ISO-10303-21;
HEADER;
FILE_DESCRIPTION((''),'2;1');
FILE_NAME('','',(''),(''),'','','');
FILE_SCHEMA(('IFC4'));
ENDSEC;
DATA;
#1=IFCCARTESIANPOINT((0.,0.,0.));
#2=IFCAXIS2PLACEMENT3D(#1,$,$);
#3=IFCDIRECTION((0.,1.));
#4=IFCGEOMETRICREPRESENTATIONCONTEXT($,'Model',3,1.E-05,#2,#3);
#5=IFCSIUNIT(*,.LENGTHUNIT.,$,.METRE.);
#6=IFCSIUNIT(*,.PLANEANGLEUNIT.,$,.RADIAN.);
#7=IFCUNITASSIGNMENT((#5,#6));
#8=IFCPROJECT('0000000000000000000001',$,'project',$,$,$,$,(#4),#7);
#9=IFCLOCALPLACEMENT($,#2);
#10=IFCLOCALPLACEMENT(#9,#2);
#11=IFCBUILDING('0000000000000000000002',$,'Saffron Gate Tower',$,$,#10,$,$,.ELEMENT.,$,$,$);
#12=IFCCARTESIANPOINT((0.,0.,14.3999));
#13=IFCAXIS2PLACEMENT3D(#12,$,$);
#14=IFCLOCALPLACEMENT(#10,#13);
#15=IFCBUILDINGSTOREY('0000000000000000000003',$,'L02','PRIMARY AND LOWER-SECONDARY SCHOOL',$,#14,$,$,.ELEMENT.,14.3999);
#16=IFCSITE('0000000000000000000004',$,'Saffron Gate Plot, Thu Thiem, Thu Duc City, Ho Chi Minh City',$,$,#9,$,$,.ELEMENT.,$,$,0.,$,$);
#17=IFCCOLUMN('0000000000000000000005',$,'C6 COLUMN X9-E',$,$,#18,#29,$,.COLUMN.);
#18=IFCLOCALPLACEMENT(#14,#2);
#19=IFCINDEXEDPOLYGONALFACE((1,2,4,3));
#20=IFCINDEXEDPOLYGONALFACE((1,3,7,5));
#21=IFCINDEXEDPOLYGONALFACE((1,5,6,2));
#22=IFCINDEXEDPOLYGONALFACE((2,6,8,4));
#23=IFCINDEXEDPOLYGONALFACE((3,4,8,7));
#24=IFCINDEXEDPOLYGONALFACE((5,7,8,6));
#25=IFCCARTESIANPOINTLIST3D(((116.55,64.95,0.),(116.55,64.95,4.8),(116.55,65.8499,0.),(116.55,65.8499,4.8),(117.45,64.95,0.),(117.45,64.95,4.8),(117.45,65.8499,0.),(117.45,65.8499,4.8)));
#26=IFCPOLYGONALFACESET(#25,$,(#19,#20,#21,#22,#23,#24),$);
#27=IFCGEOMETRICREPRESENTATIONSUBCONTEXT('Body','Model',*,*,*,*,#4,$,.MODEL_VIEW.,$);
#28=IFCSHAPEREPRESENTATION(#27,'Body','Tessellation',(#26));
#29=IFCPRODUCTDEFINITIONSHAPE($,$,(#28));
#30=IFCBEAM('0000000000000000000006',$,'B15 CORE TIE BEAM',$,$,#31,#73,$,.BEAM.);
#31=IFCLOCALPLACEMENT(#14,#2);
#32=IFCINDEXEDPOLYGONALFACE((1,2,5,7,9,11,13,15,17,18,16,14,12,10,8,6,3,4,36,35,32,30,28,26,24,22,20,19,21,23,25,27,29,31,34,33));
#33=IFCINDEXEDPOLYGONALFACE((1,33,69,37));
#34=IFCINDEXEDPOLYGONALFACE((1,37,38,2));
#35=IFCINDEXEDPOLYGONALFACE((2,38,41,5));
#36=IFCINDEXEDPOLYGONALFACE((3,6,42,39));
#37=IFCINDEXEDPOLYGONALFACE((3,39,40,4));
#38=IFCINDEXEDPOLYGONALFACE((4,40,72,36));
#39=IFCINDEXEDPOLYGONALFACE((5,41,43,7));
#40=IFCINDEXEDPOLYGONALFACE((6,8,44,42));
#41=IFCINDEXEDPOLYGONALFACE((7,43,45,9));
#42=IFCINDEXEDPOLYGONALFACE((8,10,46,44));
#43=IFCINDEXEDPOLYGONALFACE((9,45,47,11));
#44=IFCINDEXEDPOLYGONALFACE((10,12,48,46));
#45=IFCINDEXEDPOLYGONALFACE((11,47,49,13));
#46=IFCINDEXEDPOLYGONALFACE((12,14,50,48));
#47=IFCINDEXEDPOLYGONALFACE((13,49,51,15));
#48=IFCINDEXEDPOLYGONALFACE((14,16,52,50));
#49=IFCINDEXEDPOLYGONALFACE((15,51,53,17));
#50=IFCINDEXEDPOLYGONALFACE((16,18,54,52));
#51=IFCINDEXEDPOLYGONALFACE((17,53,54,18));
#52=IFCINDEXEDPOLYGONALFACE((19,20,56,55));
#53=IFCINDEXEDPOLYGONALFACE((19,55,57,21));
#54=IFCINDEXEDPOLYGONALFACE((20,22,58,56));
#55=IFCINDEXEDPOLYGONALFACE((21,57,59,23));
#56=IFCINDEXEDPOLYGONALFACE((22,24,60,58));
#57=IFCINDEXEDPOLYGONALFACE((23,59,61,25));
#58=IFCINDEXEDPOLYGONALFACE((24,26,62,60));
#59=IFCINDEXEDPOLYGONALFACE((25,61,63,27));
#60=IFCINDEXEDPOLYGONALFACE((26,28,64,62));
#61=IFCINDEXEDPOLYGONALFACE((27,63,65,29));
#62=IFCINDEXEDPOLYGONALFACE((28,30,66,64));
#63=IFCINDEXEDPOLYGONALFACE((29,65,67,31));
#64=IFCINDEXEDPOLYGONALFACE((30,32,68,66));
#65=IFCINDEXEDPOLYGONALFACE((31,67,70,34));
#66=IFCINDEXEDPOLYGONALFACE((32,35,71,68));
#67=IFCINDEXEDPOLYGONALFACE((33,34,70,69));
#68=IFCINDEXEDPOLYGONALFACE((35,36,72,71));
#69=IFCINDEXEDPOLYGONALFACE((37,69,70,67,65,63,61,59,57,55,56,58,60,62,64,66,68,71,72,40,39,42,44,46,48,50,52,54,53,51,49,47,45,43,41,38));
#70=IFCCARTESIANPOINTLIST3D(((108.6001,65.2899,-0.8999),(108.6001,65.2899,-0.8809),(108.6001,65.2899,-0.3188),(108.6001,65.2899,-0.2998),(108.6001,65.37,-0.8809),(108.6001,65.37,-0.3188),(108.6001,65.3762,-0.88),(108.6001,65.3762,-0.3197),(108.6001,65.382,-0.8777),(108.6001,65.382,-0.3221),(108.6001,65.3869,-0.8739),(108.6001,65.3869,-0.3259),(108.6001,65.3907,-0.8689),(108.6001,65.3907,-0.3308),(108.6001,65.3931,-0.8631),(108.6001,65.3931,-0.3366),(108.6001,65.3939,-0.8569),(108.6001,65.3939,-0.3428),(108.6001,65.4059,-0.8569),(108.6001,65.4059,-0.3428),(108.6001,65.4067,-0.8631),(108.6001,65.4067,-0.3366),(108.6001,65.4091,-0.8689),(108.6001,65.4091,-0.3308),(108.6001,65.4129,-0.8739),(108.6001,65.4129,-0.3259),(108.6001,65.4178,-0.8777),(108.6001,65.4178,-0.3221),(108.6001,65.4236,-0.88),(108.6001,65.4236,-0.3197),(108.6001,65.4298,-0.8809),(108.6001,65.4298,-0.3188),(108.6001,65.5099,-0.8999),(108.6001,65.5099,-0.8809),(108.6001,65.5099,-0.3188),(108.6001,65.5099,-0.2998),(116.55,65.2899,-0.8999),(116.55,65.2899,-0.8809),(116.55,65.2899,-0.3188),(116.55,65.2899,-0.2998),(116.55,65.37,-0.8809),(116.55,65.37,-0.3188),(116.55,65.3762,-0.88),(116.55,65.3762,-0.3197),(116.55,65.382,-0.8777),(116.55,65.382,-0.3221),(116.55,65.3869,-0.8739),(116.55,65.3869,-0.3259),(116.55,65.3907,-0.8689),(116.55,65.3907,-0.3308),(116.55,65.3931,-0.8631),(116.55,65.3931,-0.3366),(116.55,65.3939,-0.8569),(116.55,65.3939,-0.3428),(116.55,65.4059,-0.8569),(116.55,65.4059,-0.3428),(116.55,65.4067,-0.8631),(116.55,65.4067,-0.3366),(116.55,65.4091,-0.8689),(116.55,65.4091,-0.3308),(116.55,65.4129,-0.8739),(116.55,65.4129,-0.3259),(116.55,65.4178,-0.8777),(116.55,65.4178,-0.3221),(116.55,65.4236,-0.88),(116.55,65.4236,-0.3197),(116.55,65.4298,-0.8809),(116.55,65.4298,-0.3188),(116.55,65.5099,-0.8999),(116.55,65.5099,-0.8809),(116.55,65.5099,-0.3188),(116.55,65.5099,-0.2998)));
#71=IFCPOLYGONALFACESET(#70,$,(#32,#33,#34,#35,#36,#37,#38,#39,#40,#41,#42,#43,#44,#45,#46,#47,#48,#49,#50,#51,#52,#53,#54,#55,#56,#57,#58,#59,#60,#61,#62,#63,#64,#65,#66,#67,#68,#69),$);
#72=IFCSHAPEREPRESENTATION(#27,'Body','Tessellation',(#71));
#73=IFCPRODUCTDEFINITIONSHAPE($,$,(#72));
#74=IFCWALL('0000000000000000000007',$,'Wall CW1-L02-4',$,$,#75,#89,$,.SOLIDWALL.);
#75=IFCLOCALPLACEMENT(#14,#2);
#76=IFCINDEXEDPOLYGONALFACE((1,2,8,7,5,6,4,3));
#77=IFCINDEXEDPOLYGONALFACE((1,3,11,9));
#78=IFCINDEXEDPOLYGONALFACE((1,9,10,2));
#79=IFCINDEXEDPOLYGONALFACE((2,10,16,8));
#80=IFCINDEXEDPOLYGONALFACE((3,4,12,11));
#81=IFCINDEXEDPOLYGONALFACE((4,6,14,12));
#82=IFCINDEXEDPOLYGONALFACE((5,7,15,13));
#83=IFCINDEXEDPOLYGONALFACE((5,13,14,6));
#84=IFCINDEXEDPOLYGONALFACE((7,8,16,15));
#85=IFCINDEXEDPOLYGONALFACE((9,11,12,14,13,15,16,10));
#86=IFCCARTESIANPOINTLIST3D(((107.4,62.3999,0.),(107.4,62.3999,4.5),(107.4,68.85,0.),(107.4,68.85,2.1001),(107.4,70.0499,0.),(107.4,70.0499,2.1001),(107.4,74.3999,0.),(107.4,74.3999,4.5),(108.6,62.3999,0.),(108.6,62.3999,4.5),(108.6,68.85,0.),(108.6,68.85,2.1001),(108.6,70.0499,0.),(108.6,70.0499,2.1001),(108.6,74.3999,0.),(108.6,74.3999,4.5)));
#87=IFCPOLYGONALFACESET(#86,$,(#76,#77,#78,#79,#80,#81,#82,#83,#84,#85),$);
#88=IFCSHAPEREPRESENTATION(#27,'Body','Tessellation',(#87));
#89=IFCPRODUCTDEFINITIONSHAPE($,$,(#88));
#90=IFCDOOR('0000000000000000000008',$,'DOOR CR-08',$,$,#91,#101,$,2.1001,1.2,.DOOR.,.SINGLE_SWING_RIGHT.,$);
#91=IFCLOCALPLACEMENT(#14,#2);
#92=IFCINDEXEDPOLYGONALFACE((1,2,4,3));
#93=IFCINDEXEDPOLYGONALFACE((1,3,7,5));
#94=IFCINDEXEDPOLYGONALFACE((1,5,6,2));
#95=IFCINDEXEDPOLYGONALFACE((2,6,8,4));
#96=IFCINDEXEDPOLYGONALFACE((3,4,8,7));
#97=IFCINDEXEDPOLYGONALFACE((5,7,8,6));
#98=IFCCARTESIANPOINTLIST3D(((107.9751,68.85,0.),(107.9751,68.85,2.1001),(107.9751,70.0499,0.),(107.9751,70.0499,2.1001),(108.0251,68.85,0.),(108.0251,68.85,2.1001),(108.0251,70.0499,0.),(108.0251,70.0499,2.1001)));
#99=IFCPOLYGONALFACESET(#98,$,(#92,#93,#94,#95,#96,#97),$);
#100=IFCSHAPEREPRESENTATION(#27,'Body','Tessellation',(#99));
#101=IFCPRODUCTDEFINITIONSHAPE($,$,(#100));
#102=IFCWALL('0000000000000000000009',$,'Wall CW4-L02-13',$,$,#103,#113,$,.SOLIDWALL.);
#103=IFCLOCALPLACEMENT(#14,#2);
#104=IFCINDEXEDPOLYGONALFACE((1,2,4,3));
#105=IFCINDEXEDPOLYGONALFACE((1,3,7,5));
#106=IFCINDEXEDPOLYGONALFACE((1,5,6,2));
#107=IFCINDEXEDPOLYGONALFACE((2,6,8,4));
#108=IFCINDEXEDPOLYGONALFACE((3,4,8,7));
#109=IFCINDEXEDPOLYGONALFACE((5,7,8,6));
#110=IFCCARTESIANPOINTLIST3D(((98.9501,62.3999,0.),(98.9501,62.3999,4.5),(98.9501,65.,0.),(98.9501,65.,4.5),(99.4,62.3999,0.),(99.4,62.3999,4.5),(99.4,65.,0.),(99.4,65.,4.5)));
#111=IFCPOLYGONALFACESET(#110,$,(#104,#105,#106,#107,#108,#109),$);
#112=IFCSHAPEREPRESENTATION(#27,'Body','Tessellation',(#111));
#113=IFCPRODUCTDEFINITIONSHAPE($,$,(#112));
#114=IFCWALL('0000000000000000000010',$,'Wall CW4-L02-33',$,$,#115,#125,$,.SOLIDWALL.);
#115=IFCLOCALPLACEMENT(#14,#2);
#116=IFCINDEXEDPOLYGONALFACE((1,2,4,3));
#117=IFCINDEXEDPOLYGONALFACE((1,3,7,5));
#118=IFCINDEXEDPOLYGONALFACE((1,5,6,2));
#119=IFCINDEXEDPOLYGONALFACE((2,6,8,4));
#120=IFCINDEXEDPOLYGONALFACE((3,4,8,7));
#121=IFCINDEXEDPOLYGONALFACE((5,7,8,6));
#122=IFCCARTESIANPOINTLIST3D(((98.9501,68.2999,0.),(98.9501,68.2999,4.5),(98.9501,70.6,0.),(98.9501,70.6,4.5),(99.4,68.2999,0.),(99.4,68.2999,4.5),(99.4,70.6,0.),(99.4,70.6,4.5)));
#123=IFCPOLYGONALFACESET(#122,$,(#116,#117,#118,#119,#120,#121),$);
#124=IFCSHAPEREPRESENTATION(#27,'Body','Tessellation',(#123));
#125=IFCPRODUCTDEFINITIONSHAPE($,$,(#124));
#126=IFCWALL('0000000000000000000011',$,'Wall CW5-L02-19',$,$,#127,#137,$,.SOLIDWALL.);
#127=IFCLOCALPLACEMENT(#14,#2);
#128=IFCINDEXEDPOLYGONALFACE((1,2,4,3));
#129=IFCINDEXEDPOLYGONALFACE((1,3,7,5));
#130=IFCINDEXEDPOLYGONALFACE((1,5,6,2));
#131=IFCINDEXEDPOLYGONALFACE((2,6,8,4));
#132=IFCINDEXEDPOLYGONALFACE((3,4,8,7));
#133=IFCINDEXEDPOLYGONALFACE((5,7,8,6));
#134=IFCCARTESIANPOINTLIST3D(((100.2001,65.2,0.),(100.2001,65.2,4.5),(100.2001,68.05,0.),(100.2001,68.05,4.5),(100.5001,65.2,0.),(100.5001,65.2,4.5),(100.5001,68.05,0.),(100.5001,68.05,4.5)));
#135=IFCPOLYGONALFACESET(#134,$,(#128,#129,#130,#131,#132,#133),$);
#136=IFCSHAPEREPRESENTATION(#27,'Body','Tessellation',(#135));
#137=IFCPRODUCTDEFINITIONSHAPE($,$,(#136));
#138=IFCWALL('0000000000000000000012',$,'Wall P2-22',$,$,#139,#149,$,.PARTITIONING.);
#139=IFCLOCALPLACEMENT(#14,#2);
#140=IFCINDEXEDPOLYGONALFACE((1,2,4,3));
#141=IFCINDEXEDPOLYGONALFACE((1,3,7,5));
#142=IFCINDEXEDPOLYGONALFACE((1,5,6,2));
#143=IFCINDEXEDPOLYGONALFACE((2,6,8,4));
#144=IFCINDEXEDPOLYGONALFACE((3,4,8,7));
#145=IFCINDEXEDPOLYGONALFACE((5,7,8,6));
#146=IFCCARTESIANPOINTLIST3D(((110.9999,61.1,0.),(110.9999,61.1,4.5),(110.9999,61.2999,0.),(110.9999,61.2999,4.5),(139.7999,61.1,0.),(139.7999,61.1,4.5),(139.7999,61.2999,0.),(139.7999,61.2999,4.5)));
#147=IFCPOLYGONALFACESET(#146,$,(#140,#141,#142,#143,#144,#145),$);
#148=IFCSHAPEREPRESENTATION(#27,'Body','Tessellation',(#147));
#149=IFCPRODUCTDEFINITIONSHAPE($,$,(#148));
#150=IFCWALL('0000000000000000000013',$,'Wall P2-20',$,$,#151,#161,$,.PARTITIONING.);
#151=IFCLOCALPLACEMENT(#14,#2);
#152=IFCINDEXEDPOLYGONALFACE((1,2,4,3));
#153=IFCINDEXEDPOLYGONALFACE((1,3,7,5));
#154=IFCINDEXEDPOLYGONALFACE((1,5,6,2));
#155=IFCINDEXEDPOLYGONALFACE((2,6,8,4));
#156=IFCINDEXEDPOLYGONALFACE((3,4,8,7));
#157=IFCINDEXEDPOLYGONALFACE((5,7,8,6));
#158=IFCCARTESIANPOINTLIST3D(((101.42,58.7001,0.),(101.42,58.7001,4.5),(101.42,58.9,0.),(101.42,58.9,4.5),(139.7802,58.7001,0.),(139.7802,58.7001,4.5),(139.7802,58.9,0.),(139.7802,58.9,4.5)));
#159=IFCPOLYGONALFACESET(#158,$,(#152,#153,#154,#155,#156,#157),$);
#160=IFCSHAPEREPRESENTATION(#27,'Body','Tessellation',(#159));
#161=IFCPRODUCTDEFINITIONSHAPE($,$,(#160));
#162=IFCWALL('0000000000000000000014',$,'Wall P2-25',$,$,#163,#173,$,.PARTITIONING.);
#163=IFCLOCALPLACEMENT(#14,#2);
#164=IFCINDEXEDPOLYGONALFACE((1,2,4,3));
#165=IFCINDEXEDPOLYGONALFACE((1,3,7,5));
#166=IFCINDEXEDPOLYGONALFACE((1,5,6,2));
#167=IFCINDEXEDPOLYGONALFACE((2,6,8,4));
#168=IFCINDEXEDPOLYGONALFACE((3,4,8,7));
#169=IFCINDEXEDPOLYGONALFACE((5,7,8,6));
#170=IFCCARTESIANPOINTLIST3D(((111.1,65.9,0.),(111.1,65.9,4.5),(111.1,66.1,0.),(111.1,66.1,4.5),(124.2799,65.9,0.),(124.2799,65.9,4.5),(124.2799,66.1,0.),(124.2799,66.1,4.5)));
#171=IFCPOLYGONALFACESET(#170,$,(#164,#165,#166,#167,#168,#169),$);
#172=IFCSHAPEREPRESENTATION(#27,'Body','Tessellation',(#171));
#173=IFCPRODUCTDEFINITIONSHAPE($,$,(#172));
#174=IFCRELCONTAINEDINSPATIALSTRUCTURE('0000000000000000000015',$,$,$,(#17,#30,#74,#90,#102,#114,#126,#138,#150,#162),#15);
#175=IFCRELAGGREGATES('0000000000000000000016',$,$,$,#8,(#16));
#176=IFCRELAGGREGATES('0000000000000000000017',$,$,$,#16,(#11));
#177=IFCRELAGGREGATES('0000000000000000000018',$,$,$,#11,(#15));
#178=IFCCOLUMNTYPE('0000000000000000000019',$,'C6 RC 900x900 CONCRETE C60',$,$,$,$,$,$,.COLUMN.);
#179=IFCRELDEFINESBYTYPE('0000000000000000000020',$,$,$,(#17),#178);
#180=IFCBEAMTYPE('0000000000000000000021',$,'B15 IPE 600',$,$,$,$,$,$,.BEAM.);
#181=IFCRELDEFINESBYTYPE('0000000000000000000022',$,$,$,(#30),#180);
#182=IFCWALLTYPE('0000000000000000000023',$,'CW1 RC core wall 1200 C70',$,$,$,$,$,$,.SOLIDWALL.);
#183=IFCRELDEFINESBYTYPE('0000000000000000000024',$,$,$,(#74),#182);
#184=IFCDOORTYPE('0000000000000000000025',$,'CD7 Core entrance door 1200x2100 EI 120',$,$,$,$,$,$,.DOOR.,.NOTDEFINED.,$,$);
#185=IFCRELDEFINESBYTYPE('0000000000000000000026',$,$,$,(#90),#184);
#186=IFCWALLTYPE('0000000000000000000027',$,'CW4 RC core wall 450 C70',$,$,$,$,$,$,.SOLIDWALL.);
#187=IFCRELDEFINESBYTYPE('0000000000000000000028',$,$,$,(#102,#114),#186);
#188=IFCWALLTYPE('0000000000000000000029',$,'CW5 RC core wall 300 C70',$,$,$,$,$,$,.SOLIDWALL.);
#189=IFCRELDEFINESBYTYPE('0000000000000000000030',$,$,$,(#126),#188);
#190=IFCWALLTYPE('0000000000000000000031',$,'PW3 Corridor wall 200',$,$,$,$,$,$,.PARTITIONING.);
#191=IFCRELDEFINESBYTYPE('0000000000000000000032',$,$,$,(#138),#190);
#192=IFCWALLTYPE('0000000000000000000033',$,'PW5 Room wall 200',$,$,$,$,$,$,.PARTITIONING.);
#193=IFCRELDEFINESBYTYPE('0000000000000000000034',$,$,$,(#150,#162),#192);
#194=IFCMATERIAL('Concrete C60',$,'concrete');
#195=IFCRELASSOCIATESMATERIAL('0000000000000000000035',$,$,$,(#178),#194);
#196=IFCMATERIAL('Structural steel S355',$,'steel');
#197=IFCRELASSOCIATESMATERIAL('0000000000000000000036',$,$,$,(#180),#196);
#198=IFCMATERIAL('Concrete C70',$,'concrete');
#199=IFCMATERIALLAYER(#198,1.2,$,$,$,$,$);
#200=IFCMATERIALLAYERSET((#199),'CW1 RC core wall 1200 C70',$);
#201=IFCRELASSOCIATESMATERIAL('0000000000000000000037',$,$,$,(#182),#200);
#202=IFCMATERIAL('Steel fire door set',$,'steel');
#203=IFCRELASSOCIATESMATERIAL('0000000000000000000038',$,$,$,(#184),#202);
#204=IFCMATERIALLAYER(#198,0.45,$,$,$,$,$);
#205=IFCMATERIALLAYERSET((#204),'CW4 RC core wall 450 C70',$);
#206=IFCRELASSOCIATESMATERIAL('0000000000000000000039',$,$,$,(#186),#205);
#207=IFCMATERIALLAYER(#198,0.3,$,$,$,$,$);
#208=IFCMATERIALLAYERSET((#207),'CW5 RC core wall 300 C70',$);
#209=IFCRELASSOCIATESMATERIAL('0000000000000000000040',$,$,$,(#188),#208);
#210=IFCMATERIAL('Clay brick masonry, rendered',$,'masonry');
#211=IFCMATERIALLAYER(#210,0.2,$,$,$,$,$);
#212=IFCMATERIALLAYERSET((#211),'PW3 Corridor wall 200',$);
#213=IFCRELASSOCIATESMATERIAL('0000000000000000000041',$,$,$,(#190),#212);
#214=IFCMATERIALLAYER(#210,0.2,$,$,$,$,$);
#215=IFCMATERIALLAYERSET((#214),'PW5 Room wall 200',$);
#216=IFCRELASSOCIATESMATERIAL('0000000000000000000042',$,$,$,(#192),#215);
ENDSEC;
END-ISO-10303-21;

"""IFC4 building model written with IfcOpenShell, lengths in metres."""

from ifc_helpers import new_model, si_unit, direction, frame, frame_2d, origin, origin_2d, place, context, subcontext, project, spatial, rectangle, i_section, extrude, material, layer, layer_set, material_profile, profile_set, type_object, element, fill, save


model = new_model("IFC4")

# Units and contexts
model_context = context("Model", 3, precision=1e-05, world=origin(), true_north=direction((0.0, 1.0)))
body_context = subcontext(model_context, "Body", "Model", "MODEL_VIEW")
ifc_project = project(units=[si_unit("LENGTHUNIT", "METRE"), si_unit("PLANEANGLEUNIT", "RADIAN")], contexts=[model_context])

# Site, building, storey
site_placement = place(None, origin())
site = spatial("IfcSite", under=ifc_project, at=site_placement, Name="Saffron Gate Plot, Thu Thiem, Thu Duc City, Ho Chi Minh City", CompositionType="ELEMENT", RefElevation=0.0)
building_placement = place(site_placement, origin())
building = spatial("IfcBuilding", under=site, at=building_placement, Name="Saffron Gate Tower", CompositionType="ELEMENT")
storey_placement = place(building_placement, frame((0.0, 0.0, 14.3999)))
storey = spatial("IfcBuildingStorey", under=building, at=storey_placement, Name="L02", Description="PRIMARY AND LOWER-SECONDARY SCHOOL", CompositionType="ELEMENT", Elevation=14.3999)

# Column
ifc_material_1 = material(Name="Concrete C60", Category="concrete")
ifc_material_profile_1 = material_profile(ifc_material_1, rectangle(XDim=0.8999, YDim=0.8999, at=origin_2d()))
ifc_profile_set_1 = profile_set([ifc_material_profile_1], Name="Concrete C60")
column_type = type_object("IfcColumnType", Name="C6 RC 900x900 CONCRETE C60", PredefinedType="COLUMN", material=ifc_profile_set_1)
column_placement = place(storey_placement, frame((117.0, 65.3999, 0.0), z_axis=(0.0, 0.0, 1.0), x_axis=(1.0, 0.0, 0.0)))
element("IfcColumn", 1, at=column_placement, inside=storey, type_object=column_type, Name="C6 COLUMN X9-E", PredefinedType="COLUMN", context=body_context, shape_type="SweptSolid", body=[
    extrude(rectangle(XDim=0.8999, YDim=0.8999, at=origin_2d()), origin(), (0.0, 0.0, 1.0), 4.8),
])

# Beam
ifc_material_2 = material(Name="Structural steel S355", Category="steel")
ifc_material_profile_2 = material_profile(ifc_material_2, i_section(OverallWidth=0.22, OverallDepth=0.6001, WebThickness=0.012, FlangeThickness=0.019, FilletRadius=0.0239, at=origin_2d()))
ifc_profile_set_2 = profile_set([ifc_material_profile_2], Name="Structural steel S355")
beam_type = type_object("IfcBeamType", Name="B15 IPE 600", PredefinedType="BEAM", material=ifc_profile_set_2)
beam_placement = place(storey_placement, frame((116.55, 65.3999, -0.5999), z_axis=(-1.0, 0.0, 0.0), x_axis=(0.0, -1.0, 0.0)))
element("IfcBeam", 2, at=beam_placement, inside=storey, type_object=beam_type, Name="B15 CORE TIE BEAM", PredefinedType="BEAM", context=body_context, shape_type="SweptSolid", body=[
    extrude(i_section(OverallWidth=0.22, OverallDepth=0.6001, WebThickness=0.012, FlangeThickness=0.019, FilletRadius=0.0239, at=origin_2d()), origin(), (0.0, 0.0, 1.0), 7.95),
])

# Wall, opening, door
ifc_material_3 = material(Name="Concrete C70", Category="concrete")
ifc_layer_1 = layer(ifc_material_3, 1.2)
ifc_layer_set_1 = layer_set([ifc_layer_1], Name="CW1 RC core wall 1200 C70")
wall_type_1 = type_object("IfcWallType", Name="CW1 RC core wall 1200 C70", PredefinedType="SOLIDWALL", material=ifc_layer_set_1)
wall_1_placement = place(storey_placement, frame((108.0, 62.3999, 0.0), z_axis=(0.0, 0.0, 1.0), x_axis=(0.0, 1.0, 0.0)))
wall_1 = element("IfcWall", 3, at=wall_1_placement, inside=storey, type_object=wall_type_1, Name="Wall CW1-L02-4", PredefinedType="SOLIDWALL", context=body_context, shape_type="SweptSolid", body=[
    extrude(rectangle(XDim=12.0, YDim=1.2, at=frame_2d((6.0, 0.0))), origin(), (0.0, 0.0, 1.0), 4.5),
])
opening_placement = place(wall_1_placement, frame((6.45, 0.0, 0.0)))
opening = element("IfcOpeningElement", 4, at=opening_placement, cuts=wall_1, PredefinedType="OPENING", context=body_context, shape_type="SweptSolid", body=[
    extrude(rectangle(XDim=1.2, YDim=2.1001, at=frame_2d((0.6001, 1.05))), frame((0.0, 0.6099, 0.0), z_axis=(0.0, -1.0, 0.0), x_axis=(1.0, 0.0, 0.0)), (0.0, 0.0, 1.0), 1.22),
])
ifc_material_4 = material(Name="Steel fire door set", Category="steel")
door_type = type_object("IfcDoorType", Name="CD7 Core entrance door 1200x2100 EI 120", OperationType="NOTDEFINED", PredefinedType="DOOR", material=ifc_material_4)
door_placement = place(opening_placement, origin())
door = element("IfcDoor", 5, at=door_placement, inside=storey, type_object=door_type, Name="DOOR CR-08", OperationType="SINGLE_SWING_RIGHT", OverallHeight=2.1001, OverallWidth=1.2, PredefinedType="DOOR", context=body_context, shape_type="SweptSolid", body=[
    extrude(rectangle(XDim=1.2, YDim=2.1001, at=frame_2d((0.6001, 1.05))), frame((0.0, 0.0249, 0.0), z_axis=(0.0, -1.0, 0.0), x_axis=(1.0, 0.0, 0.0)), (0.0, 0.0, 1.0), 0.05),
])
fill(opening, door)

# Walls
ifc_layer_2 = layer(ifc_material_3, 0.45)
ifc_layer_set_2 = layer_set([ifc_layer_2], Name="CW4 RC core wall 450 C70")
wall_type_2 = type_object("IfcWallType", Name="CW4 RC core wall 450 C70", PredefinedType="SOLIDWALL", material=ifc_layer_set_2)
wall_2_placement = place(storey_placement, frame((99.175, 62.3999, 0.0), z_axis=(0.0, 0.0, 1.0), x_axis=(0.0, 1.0, 0.0)))
element("IfcWall", 6, at=wall_2_placement, inside=storey, type_object=wall_type_2, Name="Wall CW4-L02-13", PredefinedType="SOLIDWALL", context=body_context, shape_type="SweptSolid", body=[
    extrude(rectangle(XDim=2.6001, YDim=0.45, at=frame_2d((1.3, 0.0))), origin(), (0.0, 0.0, 1.0), 4.5),
])
wall_3_placement = place(storey_placement, frame((99.175, 68.3, 0.0), z_axis=(0.0, 0.0, 1.0), x_axis=(0.0, 1.0, 0.0)))
element("IfcWall", 7, at=wall_3_placement, inside=storey, type_object=wall_type_2, Name="Wall CW4-L02-33", PredefinedType="SOLIDWALL", context=body_context, shape_type="SweptSolid", body=[
    extrude(rectangle(XDim=2.3, YDim=0.45, at=frame_2d((1.1499, 0.0))), origin(), (0.0, 0.0, 1.0), 4.5),
])
ifc_layer_3 = layer(ifc_material_3, 0.3)
ifc_layer_set_3 = layer_set([ifc_layer_3], Name="CW5 RC core wall 300 C70")
wall_type_3 = type_object("IfcWallType", Name="CW5 RC core wall 300 C70", PredefinedType="SOLIDWALL", material=ifc_layer_set_3)
wall_4_placement = place(storey_placement, frame((100.3501, 65.2, 0.0), z_axis=(0.0, 0.0, 1.0), x_axis=(0.0, 1.0, 0.0)))
element("IfcWall", 8, at=wall_4_placement, inside=storey, type_object=wall_type_3, Name="Wall CW5-L02-19", PredefinedType="SOLIDWALL", context=body_context, shape_type="SweptSolid", body=[
    extrude(rectangle(XDim=2.8501, YDim=0.3, at=frame_2d((1.425, 0.0))), origin(), (0.0, 0.0, 1.0), 4.5),
])
ifc_material_5 = material(Name="Clay brick masonry, rendered", Category="masonry")
ifc_layer_4 = layer(ifc_material_5, 0.2)
ifc_layer_set_4 = layer_set([ifc_layer_4], Name="PW3 Corridor wall 200")
wall_type_4 = type_object("IfcWallType", Name="PW3 Corridor wall 200", PredefinedType="PARTITIONING", material=ifc_layer_set_4)
wall_5_placement = place(storey_placement, frame((111.0, 61.2, 0.0), z_axis=(0.0, 0.0, 1.0), x_axis=(1.0, 0.0, 0.0)))
element("IfcWall", 9, at=wall_5_placement, inside=storey, type_object=wall_type_4, Name="Wall P2-22", PredefinedType="PARTITIONING", context=body_context, shape_type="SweptSolid", body=[
    extrude(rectangle(XDim=28.8, YDim=0.2, at=frame_2d((14.3999, 0.0))), origin(), (0.0, 0.0, 1.0), 4.5),
])
ifc_layer_5 = layer(ifc_material_5, 0.2)
ifc_layer_set_5 = layer_set([ifc_layer_5], Name="PW5 Room wall 200")
wall_type_5 = type_object("IfcWallType", Name="PW5 Room wall 200", PredefinedType="PARTITIONING", material=ifc_layer_set_5)
wall_6_placement = place(storey_placement, frame((101.4199, 58.8, 0.0), z_axis=(0.0, 0.0, 1.0), x_axis=(1.0, 0.0, 0.0)))
element("IfcWall", 10, at=wall_6_placement, inside=storey, type_object=wall_type_5, Name="Wall P2-20", PredefinedType="PARTITIONING", context=body_context, shape_type="SweptSolid", body=[
    extrude(rectangle(XDim=38.3601, YDim=0.2, at=frame_2d((19.1802, 0.0))), origin(), (0.0, 0.0, 1.0), 4.5),
])
wall_7_placement = place(storey_placement, frame((111.1001, 66.0, 0.0), z_axis=(0.0, 0.0, 1.0), x_axis=(1.0, 0.0, 0.0)))
element("IfcWall", 11, at=wall_7_placement, inside=storey, type_object=wall_type_5, Name="Wall P2-25", PredefinedType="PARTITIONING", context=body_context, shape_type="SweptSolid", body=[
    extrude(rectangle(XDim=13.1799, YDim=0.2, at=frame_2d((6.5898, 0.0))), origin(), (0.0, 0.0, 1.0), 4.5),
])

save(model, "model.ifc")
